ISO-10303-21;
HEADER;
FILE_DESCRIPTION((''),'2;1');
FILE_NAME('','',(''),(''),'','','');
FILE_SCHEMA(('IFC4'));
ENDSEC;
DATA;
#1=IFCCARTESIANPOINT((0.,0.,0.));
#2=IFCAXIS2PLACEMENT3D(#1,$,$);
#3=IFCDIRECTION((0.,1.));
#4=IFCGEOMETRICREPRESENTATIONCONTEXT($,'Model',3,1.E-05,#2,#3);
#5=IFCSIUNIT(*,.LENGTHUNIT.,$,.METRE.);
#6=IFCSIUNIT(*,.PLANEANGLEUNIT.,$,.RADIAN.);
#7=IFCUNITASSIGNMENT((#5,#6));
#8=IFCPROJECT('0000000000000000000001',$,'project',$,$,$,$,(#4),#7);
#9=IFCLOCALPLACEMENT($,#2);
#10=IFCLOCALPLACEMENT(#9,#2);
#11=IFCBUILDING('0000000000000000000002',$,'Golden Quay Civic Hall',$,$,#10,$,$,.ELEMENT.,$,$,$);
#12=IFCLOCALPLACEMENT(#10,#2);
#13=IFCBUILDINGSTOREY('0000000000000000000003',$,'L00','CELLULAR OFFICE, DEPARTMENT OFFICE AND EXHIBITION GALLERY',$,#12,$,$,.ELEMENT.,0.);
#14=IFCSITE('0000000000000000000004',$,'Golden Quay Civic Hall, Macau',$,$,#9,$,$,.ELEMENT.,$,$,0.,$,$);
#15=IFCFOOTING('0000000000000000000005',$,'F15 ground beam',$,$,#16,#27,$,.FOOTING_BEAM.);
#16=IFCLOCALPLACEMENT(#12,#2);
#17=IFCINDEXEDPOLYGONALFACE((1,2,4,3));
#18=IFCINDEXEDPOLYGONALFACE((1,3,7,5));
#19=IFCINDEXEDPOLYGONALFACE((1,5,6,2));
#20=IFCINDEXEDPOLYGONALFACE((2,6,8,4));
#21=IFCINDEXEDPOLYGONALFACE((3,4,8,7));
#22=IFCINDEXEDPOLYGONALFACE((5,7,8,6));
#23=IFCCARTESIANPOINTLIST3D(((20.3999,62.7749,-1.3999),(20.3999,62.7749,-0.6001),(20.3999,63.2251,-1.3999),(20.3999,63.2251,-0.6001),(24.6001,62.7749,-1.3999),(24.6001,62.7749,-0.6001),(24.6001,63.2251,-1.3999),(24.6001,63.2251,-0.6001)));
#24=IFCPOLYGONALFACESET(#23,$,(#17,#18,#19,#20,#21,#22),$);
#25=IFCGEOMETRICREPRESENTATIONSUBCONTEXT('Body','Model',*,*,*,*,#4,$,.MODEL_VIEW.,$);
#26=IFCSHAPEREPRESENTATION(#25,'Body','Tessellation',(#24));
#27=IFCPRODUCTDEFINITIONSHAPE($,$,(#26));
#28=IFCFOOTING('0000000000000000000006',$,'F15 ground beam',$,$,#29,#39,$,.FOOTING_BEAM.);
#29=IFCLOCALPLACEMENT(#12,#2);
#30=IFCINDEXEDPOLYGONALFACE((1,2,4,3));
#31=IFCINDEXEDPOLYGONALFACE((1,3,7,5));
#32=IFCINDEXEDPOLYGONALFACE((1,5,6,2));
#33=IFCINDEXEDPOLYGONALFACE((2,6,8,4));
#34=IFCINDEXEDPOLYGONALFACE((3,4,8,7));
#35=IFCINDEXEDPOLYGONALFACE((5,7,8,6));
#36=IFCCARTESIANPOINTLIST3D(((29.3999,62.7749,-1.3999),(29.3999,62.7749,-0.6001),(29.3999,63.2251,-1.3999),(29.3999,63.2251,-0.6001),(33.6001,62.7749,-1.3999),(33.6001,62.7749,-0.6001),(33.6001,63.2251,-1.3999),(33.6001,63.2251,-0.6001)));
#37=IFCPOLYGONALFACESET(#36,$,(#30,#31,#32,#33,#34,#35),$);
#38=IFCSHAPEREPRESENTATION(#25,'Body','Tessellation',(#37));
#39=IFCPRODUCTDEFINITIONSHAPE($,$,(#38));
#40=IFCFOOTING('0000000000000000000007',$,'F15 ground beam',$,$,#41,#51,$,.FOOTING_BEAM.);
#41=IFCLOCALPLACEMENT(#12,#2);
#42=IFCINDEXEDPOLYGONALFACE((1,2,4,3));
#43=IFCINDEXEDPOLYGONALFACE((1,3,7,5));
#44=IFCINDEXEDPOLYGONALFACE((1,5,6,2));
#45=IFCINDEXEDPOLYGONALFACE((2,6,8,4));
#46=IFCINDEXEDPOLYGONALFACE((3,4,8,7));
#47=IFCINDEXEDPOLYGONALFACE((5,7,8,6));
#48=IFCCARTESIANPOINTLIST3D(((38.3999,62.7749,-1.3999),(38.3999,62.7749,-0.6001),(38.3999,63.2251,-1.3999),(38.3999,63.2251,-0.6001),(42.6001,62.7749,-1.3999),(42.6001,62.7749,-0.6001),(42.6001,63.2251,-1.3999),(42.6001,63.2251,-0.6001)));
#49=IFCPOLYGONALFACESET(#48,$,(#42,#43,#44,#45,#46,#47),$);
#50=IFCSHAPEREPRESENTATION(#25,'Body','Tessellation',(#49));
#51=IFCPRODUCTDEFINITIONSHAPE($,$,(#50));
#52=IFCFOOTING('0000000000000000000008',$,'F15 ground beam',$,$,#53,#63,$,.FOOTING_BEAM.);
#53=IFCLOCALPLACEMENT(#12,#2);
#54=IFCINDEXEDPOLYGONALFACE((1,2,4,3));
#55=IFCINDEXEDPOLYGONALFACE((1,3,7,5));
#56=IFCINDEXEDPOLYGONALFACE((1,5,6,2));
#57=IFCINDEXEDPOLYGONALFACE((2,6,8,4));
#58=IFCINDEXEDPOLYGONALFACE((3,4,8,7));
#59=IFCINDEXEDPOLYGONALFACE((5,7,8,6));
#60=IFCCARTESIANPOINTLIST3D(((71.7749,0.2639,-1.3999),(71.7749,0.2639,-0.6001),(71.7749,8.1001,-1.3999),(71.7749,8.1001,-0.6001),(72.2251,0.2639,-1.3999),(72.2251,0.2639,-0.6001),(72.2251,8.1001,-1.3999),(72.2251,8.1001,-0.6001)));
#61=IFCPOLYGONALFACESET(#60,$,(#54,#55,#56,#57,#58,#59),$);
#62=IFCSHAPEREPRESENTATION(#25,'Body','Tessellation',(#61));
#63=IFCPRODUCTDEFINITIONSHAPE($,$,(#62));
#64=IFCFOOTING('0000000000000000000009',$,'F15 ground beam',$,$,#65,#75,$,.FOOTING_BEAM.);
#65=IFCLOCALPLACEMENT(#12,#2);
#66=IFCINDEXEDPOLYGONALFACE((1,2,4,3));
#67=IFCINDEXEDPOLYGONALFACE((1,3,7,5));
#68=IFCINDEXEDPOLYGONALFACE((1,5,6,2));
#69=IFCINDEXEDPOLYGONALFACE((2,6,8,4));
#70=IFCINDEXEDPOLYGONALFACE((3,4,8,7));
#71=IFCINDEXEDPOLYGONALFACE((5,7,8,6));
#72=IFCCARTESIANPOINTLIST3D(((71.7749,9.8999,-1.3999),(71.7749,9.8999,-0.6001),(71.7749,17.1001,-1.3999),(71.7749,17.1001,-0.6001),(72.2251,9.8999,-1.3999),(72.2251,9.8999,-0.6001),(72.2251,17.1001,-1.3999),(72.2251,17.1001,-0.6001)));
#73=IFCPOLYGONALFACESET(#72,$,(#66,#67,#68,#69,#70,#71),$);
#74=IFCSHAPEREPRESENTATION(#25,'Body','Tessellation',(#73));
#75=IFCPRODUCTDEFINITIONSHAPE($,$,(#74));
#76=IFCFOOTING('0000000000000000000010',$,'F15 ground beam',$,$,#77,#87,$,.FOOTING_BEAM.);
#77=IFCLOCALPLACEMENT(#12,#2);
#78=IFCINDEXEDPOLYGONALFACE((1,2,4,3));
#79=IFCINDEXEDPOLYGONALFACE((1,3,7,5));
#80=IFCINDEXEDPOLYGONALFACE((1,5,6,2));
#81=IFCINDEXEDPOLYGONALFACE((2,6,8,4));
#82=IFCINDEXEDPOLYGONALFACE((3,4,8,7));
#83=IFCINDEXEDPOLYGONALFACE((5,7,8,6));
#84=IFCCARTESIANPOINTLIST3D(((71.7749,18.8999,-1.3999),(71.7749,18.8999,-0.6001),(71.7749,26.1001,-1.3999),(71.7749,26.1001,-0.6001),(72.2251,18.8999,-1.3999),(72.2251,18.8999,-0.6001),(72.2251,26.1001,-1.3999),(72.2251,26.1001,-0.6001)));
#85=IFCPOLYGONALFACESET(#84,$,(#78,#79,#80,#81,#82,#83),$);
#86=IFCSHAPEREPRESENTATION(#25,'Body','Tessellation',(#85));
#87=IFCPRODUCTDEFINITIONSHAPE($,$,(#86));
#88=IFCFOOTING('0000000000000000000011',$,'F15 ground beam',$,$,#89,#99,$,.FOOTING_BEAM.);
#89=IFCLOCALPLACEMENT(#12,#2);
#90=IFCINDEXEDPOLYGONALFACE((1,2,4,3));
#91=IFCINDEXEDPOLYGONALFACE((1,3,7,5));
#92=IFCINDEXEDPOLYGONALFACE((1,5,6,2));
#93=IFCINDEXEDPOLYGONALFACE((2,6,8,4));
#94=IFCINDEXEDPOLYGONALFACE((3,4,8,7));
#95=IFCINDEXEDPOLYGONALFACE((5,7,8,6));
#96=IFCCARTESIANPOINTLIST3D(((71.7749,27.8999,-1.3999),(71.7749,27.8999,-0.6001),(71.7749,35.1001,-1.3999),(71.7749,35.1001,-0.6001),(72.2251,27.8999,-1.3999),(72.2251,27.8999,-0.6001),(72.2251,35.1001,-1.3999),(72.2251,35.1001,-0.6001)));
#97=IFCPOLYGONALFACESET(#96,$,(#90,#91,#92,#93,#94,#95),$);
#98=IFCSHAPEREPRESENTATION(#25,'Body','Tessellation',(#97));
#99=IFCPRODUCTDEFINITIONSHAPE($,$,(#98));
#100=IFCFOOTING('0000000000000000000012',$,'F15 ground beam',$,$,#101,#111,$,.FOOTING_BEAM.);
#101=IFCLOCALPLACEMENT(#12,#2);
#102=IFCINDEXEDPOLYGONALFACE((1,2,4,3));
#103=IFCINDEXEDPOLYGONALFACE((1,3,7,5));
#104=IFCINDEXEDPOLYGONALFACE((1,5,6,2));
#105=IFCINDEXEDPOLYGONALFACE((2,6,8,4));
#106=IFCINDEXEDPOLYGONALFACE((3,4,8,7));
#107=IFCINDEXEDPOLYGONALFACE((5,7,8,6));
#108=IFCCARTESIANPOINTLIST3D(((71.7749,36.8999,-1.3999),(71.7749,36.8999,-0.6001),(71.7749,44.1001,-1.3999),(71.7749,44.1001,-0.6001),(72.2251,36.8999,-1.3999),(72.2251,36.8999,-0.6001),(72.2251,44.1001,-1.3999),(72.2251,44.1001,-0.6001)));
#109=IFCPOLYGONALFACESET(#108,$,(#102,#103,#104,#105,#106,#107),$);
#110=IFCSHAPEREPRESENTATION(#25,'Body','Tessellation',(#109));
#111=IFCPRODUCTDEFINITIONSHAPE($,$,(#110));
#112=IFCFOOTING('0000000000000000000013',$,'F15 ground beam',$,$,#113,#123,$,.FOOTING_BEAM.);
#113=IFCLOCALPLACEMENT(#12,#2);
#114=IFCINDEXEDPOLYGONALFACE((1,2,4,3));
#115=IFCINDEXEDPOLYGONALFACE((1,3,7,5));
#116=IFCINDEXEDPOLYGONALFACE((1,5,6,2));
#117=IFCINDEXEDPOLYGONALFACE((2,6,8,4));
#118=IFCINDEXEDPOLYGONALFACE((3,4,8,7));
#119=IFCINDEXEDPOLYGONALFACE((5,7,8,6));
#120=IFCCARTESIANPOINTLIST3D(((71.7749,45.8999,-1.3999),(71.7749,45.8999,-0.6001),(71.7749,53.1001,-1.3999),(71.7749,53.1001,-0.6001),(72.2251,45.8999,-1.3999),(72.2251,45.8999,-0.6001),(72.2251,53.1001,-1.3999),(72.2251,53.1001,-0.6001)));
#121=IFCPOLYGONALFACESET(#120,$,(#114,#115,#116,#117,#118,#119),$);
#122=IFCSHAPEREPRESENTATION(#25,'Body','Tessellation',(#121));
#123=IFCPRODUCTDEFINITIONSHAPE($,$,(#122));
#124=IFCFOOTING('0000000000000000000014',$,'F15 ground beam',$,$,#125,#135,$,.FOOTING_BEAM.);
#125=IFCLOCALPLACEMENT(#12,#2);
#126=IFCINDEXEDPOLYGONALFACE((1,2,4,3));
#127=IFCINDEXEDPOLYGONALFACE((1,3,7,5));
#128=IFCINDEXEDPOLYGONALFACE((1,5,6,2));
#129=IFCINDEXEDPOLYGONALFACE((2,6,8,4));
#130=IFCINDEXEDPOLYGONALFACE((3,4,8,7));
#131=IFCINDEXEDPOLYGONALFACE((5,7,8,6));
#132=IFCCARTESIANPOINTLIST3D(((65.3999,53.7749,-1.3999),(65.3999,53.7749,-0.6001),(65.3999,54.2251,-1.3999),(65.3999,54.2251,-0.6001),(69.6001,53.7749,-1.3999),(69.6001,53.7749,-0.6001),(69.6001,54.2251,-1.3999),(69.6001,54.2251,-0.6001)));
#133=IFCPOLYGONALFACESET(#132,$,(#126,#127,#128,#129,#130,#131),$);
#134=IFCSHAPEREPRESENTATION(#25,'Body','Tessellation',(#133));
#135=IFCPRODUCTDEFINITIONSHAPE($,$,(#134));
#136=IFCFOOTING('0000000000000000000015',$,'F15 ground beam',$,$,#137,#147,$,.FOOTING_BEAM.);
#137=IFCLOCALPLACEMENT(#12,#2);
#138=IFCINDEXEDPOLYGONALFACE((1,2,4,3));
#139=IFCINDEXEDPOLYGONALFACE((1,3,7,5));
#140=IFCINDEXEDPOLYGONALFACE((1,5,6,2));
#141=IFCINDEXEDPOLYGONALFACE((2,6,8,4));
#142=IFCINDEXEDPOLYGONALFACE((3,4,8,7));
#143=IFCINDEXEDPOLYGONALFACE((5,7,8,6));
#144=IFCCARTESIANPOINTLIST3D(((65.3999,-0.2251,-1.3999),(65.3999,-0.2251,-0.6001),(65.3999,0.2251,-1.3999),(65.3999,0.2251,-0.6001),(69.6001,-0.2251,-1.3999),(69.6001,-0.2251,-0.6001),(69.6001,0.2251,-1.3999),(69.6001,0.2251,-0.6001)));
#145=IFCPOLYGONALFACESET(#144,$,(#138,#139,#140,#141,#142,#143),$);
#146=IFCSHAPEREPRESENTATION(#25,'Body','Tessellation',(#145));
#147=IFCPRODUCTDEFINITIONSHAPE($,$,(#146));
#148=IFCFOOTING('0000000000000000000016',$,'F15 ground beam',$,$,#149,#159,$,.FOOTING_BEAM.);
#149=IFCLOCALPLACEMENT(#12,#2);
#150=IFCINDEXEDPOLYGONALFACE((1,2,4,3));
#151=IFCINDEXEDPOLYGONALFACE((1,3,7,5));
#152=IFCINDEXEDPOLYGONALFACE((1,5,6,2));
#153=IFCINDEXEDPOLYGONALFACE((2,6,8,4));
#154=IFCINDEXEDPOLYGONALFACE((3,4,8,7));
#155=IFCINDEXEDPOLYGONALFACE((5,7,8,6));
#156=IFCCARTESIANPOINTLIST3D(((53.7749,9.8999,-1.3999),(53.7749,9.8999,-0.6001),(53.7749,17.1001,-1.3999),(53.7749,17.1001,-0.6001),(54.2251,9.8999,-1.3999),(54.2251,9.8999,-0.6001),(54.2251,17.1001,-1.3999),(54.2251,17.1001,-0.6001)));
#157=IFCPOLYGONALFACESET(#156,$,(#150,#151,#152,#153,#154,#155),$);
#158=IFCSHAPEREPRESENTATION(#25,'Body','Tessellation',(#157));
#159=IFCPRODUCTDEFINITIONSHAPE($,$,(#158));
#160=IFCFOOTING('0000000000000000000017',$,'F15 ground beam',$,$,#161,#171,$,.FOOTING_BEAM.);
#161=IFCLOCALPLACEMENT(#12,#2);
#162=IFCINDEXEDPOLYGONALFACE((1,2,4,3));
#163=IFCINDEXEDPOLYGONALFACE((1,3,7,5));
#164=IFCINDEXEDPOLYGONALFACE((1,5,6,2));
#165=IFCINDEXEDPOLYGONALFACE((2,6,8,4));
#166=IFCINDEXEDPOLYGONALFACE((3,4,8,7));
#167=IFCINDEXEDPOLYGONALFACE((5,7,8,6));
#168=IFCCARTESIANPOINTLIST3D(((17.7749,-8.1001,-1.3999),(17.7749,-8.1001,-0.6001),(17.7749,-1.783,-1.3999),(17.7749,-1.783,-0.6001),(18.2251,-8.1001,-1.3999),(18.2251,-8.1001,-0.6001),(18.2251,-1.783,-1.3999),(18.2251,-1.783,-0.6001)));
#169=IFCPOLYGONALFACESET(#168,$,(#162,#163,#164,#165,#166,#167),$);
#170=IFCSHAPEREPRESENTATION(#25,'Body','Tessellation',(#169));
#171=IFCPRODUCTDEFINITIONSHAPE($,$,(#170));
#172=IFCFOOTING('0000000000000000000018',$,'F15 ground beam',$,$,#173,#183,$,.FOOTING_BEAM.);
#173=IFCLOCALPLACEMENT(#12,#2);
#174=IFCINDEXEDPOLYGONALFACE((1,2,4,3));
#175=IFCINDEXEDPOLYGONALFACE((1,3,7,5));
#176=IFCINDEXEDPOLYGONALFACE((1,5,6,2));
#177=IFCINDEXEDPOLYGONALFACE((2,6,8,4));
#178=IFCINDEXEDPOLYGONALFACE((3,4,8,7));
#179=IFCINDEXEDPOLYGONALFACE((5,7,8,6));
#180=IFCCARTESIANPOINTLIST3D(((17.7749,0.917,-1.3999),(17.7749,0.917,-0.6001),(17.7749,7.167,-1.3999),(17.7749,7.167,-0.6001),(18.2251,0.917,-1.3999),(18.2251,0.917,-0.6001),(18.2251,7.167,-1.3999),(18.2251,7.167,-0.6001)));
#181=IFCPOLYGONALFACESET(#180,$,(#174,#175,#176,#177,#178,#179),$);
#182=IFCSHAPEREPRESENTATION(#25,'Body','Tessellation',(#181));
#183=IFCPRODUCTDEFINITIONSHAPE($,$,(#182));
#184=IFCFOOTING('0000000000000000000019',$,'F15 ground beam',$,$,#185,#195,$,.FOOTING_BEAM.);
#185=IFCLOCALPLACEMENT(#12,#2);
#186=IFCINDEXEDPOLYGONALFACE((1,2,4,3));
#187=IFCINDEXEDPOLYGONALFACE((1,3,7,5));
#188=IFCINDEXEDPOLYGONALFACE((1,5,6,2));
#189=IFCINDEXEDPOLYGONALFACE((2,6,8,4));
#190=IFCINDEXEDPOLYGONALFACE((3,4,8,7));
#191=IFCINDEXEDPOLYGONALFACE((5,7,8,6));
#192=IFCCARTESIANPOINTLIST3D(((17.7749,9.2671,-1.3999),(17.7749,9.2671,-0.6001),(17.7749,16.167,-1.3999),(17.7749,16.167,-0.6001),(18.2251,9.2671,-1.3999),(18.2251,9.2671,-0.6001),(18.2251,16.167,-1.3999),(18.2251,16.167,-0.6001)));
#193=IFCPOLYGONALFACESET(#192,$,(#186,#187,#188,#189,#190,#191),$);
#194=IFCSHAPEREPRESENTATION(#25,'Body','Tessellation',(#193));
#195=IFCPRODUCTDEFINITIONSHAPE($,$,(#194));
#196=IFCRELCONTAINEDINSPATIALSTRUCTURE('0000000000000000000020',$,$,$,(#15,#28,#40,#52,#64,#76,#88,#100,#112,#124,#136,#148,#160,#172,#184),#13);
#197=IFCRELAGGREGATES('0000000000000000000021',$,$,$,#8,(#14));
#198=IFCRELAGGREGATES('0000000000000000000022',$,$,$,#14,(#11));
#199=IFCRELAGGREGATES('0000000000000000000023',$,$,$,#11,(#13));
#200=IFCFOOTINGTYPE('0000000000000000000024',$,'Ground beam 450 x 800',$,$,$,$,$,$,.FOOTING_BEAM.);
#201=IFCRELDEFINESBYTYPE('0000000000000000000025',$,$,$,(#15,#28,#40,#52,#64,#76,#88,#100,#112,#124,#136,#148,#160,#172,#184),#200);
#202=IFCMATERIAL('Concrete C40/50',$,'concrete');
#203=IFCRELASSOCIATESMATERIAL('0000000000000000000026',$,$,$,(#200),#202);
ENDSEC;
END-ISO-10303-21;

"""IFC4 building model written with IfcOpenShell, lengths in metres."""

from ifc_helpers import new_model, si_unit, direction, frame, origin, place, context, subcontext, project, spatial, polyline, outline, extrude, material, type_object, element, save


model = new_model("IFC4")

# Units and contexts
model_context = context("Model", 3, precision=1e-05, world=origin(), true_north=direction((0.0, 1.0)))
body_context = subcontext(model_context, "Body", "Model", "MODEL_VIEW")
ifc_project = project(units=[si_unit("LENGTHUNIT", "METRE"), si_unit("PLANEANGLEUNIT", "RADIAN")], contexts=[model_context])

# Site, building, storey
site_placement = place(None, origin())
site = spatial("IfcSite", under=ifc_project, at=site_placement, Name="Golden Quay Civic Hall, Macau", CompositionType="ELEMENT", RefElevation=0.0)
building_placement = place(site_placement, origin())
building = spatial("IfcBuilding", under=site, at=building_placement, Name="Golden Quay Civic Hall", CompositionType="ELEMENT")
storey_placement = place(building_placement, origin())
storey = spatial("IfcBuildingStorey", under=building, at=storey_placement, Name="L00", Description="CELLULAR OFFICE, DEPARTMENT OFFICE AND EXHIBITION GALLERY", CompositionType="ELEMENT", Elevation=0.0)

# Footings
ifc_material_1 = material(Name="Concrete C40/50", Category="concrete")
footing_type = type_object("IfcFootingType", Name="Ground beam 450 x 800", PredefinedType="FOOTING_BEAM", material=ifc_material_1)
footing_1_placement = place(storey_placement, frame((0.0, 0.0, -1.3999)))
element("IfcFooting", 1, at=footing_1_placement, inside=storey, type_object=footing_type, Name="F15 ground beam", PredefinedType="FOOTING_BEAM", context=body_context, shape_type="SweptSolid", body=[
    extrude(outline(polyline([(20.3999, 62.7749), (20.3999, 63.2251), (24.6001, 63.2251), (24.6001, 62.7749), (20.3999, 62.7749)])), origin(), (0.0, 0.0, 1.0), 0.7998),
])
footing_2_placement = place(storey_placement, frame((0.0, 0.0, -1.3999)))
element("IfcFooting", 2, at=footing_2_placement, inside=storey, type_object=footing_type, Name="F15 ground beam", PredefinedType="FOOTING_BEAM", context=body_context, shape_type="SweptSolid", body=[
    extrude(outline(polyline([(29.3999, 62.7749), (29.3999, 63.2251), (33.6001, 63.2251), (33.6001, 62.7749), (29.3999, 62.7749)])), origin(), (0.0, 0.0, 1.0), 0.7998),
])
footing_3_placement = place(storey_placement, frame((0.0, 0.0, -1.3999)))
element("IfcFooting", 3, at=footing_3_placement, inside=storey, type_object=footing_type, Name="F15 ground beam", PredefinedType="FOOTING_BEAM", context=body_context, shape_type="SweptSolid", body=[
    extrude(outline(polyline([(38.3999, 62.7749), (38.3999, 63.2251), (42.6001, 63.2251), (42.6001, 62.7749), (38.3999, 62.7749)])), origin(), (0.0, 0.0, 1.0), 0.7998),
])
footing_4_placement = place(storey_placement, frame((0.0, 0.0, -1.3999)))
element("IfcFooting", 4, at=footing_4_placement, inside=storey, type_object=footing_type, Name="F15 ground beam", PredefinedType="FOOTING_BEAM", context=body_context, shape_type="SweptSolid", body=[
    extrude(outline(polyline([(72.2251, 0.2639), (71.7749, 0.2639), (71.7749, 8.1001), (72.2251, 8.1001), (72.2251, 0.2639)])), origin(), (0.0, 0.0, 1.0), 0.7998),
])
footing_5_placement = place(storey_placement, frame((0.0, 0.0, -1.3999)))
element("IfcFooting", 5, at=footing_5_placement, inside=storey, type_object=footing_type, Name="F15 ground beam", PredefinedType="FOOTING_BEAM", context=body_context, shape_type="SweptSolid", body=[
    extrude(outline(polyline([(72.2251, 9.8999), (71.7749, 9.8999), (71.7749, 17.1001), (72.2251, 17.1001), (72.2251, 9.8999)])), origin(), (0.0, 0.0, 1.0), 0.7998),
])
footing_6_placement = place(storey_placement, frame((0.0, 0.0, -1.3999)))
element("IfcFooting", 6, at=footing_6_placement, inside=storey, type_object=footing_type, Name="F15 ground beam", PredefinedType="FOOTING_BEAM", context=body_context, shape_type="SweptSolid", body=[
    extrude(outline(polyline([(72.2251, 18.8999), (71.7749, 18.8999), (71.7749, 26.1001), (72.2251, 26.1001), (72.2251, 18.8999)])), origin(), (0.0, 0.0, 1.0), 0.7998),
])
footing_7_placement = place(storey_placement, frame((0.0, 0.0, -1.3999)))
element("IfcFooting", 7, at=footing_7_placement, inside=storey, type_object=footing_type, Name="F15 ground beam", PredefinedType="FOOTING_BEAM", context=body_context, shape_type="SweptSolid", body=[
    extrude(outline(polyline([(72.2251, 27.8999), (71.7749, 27.8999), (71.7749, 35.1001), (72.2251, 35.1001), (72.2251, 27.8999)])), origin(), (0.0, 0.0, 1.0), 0.7998),
])
footing_8_placement = place(storey_placement, frame((0.0, 0.0, -1.3999)))
element("IfcFooting", 8, at=footing_8_placement, inside=storey, type_object=footing_type, Name="F15 ground beam", PredefinedType="FOOTING_BEAM", context=body_context, shape_type="SweptSolid", body=[
    extrude(outline(polyline([(72.2251, 36.8999), (71.7749, 36.8999), (71.7749, 44.1001), (72.2251, 44.1001), (72.2251, 36.8999)])), origin(), (0.0, 0.0, 1.0), 0.7998),
])
footing_9_placement = place(storey_placement, frame((0.0, 0.0, -1.3999)))
element("IfcFooting", 9, at=footing_9_placement, inside=storey, type_object=footing_type, Name="F15 ground beam", PredefinedType="FOOTING_BEAM", context=body_context, shape_type="SweptSolid", body=[
    extrude(outline(polyline([(72.2251, 45.8999), (71.7749, 45.8999), (71.7749, 53.1001), (72.2251, 53.1001), (72.2251, 45.8999)])), origin(), (0.0, 0.0, 1.0), 0.7998),
])
footing_10_placement = place(storey_placement, frame((0.0, 0.0, -1.3999)))
element("IfcFooting", 10, at=footing_10_placement, inside=storey, type_object=footing_type, Name="F15 ground beam", PredefinedType="FOOTING_BEAM", context=body_context, shape_type="SweptSolid", body=[
    extrude(outline(polyline([(69.6001, 54.2251), (69.6001, 53.7749), (65.3999, 53.7749), (65.3999, 54.2251), (69.6001, 54.2251)])), origin(), (0.0, 0.0, 1.0), 0.7998),
])
footing_11_placement = place(storey_placement, frame((0.0, 0.0, -1.3999)))
element("IfcFooting", 11, at=footing_11_placement, inside=storey, type_object=footing_type, Name="F15 ground beam", PredefinedType="FOOTING_BEAM", context=body_context, shape_type="SweptSolid", body=[
    extrude(outline(polyline([(65.3999, -0.2251), (65.3999, 0.2251), (69.6001, 0.2251), (69.6001, -0.2251), (65.3999, -0.2251)])), origin(), (0.0, 0.0, 1.0), 0.7998),
])
footing_12_placement = place(storey_placement, frame((0.0, 0.0, -1.3999)))
element("IfcFooting", 12, at=footing_12_placement, inside=storey, type_object=footing_type, Name="F15 ground beam", PredefinedType="FOOTING_BEAM", context=body_context, shape_type="SweptSolid", body=[
    extrude(outline(polyline([(53.7749, 17.1001), (54.2251, 17.1001), (54.2251, 9.8999), (53.7749, 9.8999), (53.7749, 17.1001)])), origin(), (0.0, 0.0, 1.0), 0.7998),
])
footing_13_placement = place(storey_placement, frame((0.0, 0.0, -1.3999)))
element("IfcFooting", 13, at=footing_13_placement, inside=storey, type_object=footing_type, Name="F15 ground beam", PredefinedType="FOOTING_BEAM", context=body_context, shape_type="SweptSolid", body=[
    extrude(outline(polyline([(18.2251, -8.1001), (17.7749, -8.1001), (17.7749, -1.783), (18.2251, -1.783), (18.2251, -8.1001)])), origin(), (0.0, 0.0, 1.0), 0.7998),
])
footing_14_placement = place(storey_placement, frame((0.0, 0.0, -1.3999)))
element("IfcFooting", 14, at=footing_14_placement, inside=storey, type_object=footing_type, Name="F15 ground beam", PredefinedType="FOOTING_BEAM", context=body_context, shape_type="SweptSolid", body=[
    extrude(outline(polyline([(18.2251, 0.917), (17.7749, 0.917), (17.7749, 7.167), (18.2251, 7.167), (18.2251, 0.917)])), origin(), (0.0, 0.0, 1.0), 0.7998),
])
footing_15_placement = place(storey_placement, frame((0.0, 0.0, -1.3999)))
element("IfcFooting", 15, at=footing_15_placement, inside=storey, type_object=footing_type, Name="F15 ground beam", PredefinedType="FOOTING_BEAM", context=body_context, shape_type="SweptSolid", body=[
    extrude(outline(polyline([(18.2251, 9.2671), (17.7749, 9.2671), (17.7749, 16.167), (18.2251, 16.167), (18.2251, 9.2671)])), origin(), (0.0, 0.0, 1.0), 0.7998),
])

save(model, "model.ifc")
